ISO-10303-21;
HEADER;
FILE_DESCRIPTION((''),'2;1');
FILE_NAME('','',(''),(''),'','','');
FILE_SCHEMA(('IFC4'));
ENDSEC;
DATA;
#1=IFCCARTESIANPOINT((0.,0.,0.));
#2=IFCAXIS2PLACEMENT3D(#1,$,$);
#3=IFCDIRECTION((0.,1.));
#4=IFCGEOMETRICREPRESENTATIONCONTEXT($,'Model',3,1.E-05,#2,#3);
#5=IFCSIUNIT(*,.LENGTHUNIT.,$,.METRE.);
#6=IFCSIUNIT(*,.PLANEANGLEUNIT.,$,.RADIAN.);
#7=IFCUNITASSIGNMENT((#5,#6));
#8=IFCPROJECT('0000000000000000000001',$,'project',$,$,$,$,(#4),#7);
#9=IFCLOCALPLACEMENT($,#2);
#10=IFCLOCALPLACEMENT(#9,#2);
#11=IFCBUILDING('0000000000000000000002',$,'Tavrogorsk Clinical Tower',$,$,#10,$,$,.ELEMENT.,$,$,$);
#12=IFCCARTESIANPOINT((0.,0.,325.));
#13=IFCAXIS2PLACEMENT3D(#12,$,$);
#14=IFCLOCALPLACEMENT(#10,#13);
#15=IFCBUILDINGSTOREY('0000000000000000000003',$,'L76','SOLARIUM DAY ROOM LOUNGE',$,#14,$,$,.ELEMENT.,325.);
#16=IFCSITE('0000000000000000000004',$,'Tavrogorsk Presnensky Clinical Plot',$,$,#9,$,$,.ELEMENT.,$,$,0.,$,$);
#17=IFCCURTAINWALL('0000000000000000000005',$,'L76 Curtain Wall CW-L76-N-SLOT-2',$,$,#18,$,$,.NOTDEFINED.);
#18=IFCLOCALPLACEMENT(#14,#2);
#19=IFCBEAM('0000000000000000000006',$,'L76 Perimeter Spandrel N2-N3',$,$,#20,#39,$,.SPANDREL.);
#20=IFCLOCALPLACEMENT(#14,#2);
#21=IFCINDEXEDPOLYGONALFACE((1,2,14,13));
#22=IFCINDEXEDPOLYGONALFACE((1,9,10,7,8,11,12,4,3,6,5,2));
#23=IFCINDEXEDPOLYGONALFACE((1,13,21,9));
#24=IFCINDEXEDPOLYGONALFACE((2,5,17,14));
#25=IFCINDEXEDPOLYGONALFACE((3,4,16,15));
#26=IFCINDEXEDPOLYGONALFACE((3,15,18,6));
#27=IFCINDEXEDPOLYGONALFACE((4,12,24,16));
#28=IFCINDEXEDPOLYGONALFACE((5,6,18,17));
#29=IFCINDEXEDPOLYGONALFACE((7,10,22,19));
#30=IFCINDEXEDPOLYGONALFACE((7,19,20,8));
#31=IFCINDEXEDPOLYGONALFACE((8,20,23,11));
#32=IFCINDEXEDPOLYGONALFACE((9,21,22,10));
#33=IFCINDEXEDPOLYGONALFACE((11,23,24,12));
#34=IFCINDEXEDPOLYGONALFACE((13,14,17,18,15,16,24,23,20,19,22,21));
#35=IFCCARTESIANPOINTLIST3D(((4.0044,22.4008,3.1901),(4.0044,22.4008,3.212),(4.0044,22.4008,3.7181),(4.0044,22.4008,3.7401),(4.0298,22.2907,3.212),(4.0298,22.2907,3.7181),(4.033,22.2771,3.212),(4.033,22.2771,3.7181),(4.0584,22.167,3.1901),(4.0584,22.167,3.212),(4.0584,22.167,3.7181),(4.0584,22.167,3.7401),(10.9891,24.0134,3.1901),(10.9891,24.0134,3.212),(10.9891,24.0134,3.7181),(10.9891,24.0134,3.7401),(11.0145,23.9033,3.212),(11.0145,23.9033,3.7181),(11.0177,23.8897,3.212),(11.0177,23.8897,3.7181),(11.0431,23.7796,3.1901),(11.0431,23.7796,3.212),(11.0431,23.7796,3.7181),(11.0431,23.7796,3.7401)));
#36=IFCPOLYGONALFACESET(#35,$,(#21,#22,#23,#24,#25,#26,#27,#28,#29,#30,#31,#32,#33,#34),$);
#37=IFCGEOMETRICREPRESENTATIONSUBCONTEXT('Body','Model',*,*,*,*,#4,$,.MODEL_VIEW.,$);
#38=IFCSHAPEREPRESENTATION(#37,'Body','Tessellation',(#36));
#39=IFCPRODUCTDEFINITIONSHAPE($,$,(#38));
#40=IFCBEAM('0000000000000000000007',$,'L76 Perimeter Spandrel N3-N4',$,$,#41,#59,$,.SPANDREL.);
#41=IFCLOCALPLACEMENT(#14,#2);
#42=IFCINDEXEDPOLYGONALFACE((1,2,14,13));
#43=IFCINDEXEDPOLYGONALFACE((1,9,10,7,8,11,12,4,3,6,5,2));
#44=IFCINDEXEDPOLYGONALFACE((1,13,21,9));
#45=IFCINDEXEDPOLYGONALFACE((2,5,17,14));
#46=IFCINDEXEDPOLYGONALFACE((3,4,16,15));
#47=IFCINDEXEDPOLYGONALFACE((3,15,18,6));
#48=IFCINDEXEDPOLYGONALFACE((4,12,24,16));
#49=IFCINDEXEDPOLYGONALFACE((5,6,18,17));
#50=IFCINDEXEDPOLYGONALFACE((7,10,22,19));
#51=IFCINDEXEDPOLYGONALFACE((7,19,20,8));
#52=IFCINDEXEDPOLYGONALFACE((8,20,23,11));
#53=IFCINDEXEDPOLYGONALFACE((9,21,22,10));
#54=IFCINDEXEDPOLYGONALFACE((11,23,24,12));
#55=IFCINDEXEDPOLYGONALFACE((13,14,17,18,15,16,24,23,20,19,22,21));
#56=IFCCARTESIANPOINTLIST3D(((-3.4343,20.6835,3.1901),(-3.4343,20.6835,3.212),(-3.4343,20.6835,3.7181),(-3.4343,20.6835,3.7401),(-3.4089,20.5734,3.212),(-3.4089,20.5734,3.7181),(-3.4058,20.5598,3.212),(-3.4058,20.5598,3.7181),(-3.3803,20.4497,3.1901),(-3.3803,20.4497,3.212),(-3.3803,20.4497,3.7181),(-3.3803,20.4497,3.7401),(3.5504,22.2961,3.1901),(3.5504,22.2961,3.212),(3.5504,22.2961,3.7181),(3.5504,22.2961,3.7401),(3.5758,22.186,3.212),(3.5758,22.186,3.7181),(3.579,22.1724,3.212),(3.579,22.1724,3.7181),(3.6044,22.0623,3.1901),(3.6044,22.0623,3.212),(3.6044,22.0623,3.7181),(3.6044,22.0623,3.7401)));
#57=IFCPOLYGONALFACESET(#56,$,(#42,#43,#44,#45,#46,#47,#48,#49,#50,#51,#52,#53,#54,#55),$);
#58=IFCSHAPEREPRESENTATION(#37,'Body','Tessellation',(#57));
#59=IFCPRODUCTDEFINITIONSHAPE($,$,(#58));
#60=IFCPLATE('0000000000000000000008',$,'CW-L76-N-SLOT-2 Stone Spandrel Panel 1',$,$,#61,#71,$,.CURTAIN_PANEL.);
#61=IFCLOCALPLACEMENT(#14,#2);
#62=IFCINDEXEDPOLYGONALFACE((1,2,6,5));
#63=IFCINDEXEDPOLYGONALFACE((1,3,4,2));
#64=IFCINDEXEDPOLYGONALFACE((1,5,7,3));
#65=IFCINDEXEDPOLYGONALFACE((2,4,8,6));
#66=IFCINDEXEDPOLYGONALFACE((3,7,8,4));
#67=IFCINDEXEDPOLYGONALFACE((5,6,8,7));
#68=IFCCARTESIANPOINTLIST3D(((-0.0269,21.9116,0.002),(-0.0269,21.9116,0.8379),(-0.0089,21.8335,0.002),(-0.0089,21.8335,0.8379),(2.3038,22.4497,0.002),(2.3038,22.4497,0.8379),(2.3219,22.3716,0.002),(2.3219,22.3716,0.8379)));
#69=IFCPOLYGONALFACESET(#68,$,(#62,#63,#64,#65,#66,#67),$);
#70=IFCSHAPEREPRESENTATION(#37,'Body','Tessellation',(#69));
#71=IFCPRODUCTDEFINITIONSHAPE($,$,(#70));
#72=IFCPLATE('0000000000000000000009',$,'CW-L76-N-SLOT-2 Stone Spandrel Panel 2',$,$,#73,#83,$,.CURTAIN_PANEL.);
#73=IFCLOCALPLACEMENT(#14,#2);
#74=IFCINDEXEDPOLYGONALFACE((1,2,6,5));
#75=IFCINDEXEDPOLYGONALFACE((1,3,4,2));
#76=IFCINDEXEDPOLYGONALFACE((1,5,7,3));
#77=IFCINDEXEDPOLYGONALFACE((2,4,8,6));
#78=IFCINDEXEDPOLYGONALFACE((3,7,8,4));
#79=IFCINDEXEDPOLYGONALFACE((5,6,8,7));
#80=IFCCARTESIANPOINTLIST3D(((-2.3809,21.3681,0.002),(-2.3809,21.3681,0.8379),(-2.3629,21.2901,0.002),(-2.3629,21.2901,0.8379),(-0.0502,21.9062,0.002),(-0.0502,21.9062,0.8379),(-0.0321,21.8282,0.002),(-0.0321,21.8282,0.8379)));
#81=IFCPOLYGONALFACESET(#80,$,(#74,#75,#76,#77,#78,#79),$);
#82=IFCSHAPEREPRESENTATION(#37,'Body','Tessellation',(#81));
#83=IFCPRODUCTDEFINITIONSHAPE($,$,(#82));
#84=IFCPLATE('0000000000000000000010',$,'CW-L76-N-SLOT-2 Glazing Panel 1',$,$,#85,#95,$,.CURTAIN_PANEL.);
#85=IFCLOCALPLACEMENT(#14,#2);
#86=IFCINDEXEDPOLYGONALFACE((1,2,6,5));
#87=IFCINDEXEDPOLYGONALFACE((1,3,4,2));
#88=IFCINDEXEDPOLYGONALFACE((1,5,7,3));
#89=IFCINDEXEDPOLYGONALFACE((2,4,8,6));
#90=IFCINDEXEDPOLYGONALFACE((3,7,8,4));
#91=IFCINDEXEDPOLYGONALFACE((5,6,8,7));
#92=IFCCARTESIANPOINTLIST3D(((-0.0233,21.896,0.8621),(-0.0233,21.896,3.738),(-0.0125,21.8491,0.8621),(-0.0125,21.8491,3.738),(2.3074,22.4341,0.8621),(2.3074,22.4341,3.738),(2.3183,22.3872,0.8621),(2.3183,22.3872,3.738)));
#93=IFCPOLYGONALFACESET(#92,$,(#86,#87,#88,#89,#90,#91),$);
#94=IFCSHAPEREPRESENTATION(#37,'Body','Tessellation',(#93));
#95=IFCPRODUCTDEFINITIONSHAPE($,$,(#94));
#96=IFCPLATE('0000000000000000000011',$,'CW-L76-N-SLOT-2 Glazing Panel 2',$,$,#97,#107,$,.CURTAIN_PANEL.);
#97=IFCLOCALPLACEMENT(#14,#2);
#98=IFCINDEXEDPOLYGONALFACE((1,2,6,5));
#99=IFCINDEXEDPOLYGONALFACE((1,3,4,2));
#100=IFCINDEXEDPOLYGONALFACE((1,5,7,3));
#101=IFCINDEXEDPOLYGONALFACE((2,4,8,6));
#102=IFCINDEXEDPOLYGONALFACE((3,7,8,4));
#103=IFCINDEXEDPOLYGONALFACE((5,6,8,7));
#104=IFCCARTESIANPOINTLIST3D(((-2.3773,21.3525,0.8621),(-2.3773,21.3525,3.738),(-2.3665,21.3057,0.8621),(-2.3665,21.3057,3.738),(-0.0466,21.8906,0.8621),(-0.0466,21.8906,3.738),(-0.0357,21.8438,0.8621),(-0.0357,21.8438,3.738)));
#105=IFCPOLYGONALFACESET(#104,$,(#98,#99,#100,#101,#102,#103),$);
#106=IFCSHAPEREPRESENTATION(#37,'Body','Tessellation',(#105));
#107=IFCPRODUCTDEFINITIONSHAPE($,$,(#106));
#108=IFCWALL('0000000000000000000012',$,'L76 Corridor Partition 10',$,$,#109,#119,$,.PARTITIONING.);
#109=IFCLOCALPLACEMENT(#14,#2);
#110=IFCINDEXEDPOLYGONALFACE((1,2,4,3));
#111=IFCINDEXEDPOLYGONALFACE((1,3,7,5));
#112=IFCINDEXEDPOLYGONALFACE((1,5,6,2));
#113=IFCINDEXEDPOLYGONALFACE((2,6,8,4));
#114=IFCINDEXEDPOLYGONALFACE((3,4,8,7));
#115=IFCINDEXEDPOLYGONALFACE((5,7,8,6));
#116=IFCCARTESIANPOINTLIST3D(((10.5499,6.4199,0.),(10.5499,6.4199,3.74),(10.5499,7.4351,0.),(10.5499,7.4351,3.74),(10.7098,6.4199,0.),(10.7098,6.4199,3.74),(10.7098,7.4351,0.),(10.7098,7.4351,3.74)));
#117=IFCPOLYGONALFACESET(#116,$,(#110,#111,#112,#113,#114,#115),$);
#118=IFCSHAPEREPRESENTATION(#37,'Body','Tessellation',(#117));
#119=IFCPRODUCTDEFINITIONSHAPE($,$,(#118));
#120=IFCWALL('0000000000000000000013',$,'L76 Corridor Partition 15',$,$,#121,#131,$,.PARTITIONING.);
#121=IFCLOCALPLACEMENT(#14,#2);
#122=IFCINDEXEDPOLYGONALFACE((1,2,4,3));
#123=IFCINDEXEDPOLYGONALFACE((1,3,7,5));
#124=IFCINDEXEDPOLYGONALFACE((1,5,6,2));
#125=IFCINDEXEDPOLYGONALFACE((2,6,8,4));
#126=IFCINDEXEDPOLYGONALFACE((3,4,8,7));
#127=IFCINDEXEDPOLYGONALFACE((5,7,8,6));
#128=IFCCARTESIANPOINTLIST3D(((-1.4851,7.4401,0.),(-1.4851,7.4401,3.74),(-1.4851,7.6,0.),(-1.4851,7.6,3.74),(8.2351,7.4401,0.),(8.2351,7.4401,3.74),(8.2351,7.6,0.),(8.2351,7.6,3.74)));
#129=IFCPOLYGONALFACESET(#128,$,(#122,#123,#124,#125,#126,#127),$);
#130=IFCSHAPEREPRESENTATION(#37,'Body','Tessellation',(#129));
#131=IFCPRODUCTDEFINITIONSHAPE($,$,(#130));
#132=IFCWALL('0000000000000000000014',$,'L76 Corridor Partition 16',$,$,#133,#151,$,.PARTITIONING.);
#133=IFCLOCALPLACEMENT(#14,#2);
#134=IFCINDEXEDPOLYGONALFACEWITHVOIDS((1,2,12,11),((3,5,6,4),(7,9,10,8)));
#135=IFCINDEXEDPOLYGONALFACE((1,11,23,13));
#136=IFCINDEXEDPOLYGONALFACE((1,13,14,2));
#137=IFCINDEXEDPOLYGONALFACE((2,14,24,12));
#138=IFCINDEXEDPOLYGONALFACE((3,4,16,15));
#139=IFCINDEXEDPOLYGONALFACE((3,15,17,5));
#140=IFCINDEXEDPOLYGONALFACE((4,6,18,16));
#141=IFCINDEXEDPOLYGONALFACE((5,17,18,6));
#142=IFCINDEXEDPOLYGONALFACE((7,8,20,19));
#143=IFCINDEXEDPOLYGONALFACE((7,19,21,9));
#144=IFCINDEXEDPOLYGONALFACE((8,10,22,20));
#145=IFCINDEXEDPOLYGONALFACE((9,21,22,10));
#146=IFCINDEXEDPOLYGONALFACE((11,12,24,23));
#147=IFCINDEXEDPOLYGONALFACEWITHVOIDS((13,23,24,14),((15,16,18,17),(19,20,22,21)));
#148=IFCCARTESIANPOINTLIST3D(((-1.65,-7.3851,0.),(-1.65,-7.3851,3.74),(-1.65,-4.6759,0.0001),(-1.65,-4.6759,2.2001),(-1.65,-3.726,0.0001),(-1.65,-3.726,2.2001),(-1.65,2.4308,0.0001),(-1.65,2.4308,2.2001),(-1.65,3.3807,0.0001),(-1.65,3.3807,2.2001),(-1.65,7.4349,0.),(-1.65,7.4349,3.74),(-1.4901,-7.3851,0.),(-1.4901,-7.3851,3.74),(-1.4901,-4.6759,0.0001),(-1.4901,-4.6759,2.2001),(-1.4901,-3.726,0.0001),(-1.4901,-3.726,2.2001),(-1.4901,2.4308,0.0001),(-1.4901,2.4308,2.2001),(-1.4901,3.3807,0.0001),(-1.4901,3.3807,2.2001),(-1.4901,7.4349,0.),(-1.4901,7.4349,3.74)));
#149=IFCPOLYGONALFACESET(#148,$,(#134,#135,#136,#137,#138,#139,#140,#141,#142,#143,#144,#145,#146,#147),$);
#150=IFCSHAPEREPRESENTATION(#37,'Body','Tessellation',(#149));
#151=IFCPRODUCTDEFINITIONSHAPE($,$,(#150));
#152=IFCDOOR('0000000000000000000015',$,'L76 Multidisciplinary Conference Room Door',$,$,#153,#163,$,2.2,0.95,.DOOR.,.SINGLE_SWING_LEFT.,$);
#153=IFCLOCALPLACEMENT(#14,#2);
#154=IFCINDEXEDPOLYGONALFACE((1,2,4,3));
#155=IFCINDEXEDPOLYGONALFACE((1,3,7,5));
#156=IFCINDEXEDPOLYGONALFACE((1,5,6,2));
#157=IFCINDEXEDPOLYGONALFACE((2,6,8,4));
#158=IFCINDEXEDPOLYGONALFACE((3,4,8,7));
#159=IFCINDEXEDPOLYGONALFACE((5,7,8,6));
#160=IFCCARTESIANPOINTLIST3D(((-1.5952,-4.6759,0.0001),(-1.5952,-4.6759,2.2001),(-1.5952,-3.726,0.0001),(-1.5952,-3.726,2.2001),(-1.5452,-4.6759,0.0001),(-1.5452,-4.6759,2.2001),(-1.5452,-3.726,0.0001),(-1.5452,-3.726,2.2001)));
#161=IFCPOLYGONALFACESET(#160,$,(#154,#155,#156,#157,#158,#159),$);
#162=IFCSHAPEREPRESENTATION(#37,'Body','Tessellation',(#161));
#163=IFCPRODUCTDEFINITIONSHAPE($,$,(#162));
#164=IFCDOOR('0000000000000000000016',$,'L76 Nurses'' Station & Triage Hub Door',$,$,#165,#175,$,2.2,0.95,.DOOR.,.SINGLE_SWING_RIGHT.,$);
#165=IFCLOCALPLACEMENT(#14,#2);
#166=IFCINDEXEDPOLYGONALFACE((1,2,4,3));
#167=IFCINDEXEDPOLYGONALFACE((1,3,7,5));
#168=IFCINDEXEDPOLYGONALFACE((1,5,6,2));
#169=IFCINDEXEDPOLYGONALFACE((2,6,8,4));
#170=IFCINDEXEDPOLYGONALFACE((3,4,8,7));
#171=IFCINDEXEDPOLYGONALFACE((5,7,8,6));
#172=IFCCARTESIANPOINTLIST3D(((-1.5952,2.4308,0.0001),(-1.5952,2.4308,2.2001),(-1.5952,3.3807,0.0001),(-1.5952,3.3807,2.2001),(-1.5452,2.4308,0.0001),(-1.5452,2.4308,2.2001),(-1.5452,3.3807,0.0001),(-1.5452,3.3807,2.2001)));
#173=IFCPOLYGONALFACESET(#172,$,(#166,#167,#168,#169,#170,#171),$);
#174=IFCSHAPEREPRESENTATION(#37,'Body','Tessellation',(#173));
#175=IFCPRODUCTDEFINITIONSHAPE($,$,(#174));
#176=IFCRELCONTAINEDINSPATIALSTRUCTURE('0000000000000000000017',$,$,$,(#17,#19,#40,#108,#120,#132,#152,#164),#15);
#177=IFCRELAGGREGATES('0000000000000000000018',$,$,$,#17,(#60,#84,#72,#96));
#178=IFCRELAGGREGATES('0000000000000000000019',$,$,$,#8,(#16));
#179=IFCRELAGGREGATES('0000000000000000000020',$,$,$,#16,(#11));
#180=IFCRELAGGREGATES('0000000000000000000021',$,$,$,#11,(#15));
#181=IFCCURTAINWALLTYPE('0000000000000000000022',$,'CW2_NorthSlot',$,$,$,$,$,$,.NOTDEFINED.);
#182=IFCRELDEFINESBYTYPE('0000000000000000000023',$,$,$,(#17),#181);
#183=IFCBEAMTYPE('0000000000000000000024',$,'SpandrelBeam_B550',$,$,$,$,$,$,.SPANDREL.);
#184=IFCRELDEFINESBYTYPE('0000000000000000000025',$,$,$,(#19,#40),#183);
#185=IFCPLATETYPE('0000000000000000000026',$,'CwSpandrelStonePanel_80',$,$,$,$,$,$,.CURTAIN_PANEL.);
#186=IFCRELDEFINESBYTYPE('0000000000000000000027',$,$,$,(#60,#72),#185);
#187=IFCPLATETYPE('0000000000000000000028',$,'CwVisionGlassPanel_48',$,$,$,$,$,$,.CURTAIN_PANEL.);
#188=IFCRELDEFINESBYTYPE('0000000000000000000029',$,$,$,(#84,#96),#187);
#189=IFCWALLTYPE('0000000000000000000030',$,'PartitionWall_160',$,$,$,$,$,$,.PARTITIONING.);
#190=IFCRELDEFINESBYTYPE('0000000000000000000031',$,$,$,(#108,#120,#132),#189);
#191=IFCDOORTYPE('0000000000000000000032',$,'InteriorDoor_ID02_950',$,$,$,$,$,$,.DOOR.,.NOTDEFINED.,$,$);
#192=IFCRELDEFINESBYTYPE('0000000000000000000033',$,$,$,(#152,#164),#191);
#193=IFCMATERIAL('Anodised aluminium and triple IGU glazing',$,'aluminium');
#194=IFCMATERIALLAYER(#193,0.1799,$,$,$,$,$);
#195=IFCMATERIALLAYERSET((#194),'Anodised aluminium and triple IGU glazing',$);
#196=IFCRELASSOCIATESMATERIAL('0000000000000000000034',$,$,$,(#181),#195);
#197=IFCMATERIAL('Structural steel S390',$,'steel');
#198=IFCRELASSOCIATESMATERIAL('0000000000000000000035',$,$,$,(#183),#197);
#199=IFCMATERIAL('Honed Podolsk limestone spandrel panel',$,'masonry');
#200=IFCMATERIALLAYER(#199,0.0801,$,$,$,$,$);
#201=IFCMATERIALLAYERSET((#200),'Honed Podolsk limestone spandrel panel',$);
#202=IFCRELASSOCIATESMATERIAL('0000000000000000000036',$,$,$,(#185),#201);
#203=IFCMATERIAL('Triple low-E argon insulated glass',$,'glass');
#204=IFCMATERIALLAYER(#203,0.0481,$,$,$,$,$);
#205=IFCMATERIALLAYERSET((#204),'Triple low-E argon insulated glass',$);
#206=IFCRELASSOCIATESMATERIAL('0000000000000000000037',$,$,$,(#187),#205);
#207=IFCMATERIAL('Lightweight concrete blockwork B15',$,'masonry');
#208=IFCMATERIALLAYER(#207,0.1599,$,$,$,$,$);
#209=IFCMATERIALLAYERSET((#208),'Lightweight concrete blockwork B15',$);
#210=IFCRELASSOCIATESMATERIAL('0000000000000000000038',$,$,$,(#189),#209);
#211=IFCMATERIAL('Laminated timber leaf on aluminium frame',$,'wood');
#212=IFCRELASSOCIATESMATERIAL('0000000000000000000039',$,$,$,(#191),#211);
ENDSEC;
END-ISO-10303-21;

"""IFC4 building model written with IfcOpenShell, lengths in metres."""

from ifc_helpers import new_model, si_unit, direction, frame, frame_2d, origin, origin_2d, place, context, subcontext, project, spatial, rectangle, i_section, extrude, material, layer, layer_set, material_profile, profile_set, type_object, element, fill, aggregate, save


model = new_model("IFC4")

# Units and contexts
model_context = context("Model", 3, precision=1e-05, world=origin(), true_north=direction((0.0, 1.0)))
body_context = subcontext(model_context, "Body", "Model", "MODEL_VIEW")
ifc_project = project(units=[si_unit("LENGTHUNIT", "METRE"), si_unit("PLANEANGLEUNIT", "RADIAN")], contexts=[model_context])

# Site, building, storey
site_placement = place(None, origin())
site = spatial("IfcSite", under=ifc_project, at=site_placement, Name="Tavrogorsk Presnensky Clinical Plot", CompositionType="ELEMENT", RefElevation=0.0)
building_placement = place(site_placement, origin())
building = spatial("IfcBuilding", under=site, at=building_placement, Name="Tavrogorsk Clinical Tower", CompositionType="ELEMENT")
storey_placement = place(building_placement, frame((0.0, 0.0, 325.0)))
storey = spatial("IfcBuildingStorey", under=building, at=storey_placement, Name="L76", Description="SOLARIUM DAY ROOM LOUNGE", CompositionType="ELEMENT", Elevation=325.0)

# Curtain wall
ifc_material_1 = material(Name="Anodised aluminium and triple IGU glazing", Category="aluminium")
ifc_layer_1 = layer(ifc_material_1, 0.1799)
ifc_layer_set_1 = layer_set([ifc_layer_1], Name="Anodised aluminium and triple IGU glazing")
curtain_wall_type = type_object("IfcCurtainWallType", Name="CW2_NorthSlot", PredefinedType="NOTDEFINED", material=ifc_layer_set_1)
curtain_wall_placement = place(storey_placement, origin())
curtain_wall = element("IfcCurtainWall", 1, at=curtain_wall_placement, inside=storey, type_object=curtain_wall_type, Name="L76 Curtain Wall CW-L76-N-SLOT-2", PredefinedType="NOTDEFINED")

# Beams
ifc_material_2 = material(Name="Structural steel S390", Category="steel")
ifc_material_profile_1 = material_profile(ifc_material_2, i_section(OverallWidth=0.24, OverallDepth=0.55, WebThickness=0.0139, FlangeThickness=0.022, at=origin_2d()), Name="B-550x240x14x22")
ifc_profile_set_1 = profile_set([ifc_material_profile_1], Name="Structural steel S390")
beam_type_1 = type_object("IfcBeamType", Name="SpandrelBeam_B550", PredefinedType="SPANDREL", material=ifc_profile_set_1)
for number, where, z_axis, x_axis, name in (
    (2, (11.0161, 23.8965, 3.4651), (-0.974369, -0.224954, 0.0), (0.224954, -0.974369, 0.0), "L76 Perimeter Spandrel N2-N3"),
    (3, (3.5774, 22.1792, 3.4651), (-0.974369, -0.224954, 0.0), (0.224954, -0.974369, 0.0), "L76 Perimeter Spandrel N3-N4"),
):
    element("IfcBeam", number, at=place(storey_placement, frame(where, z_axis=z_axis, x_axis=x_axis)), inside=storey, type_object=beam_type_1, Name=name, PredefinedType="SPANDREL", context=body_context, shape_type="SweptSolid", body=[
        extrude(i_section(OverallWidth=0.24, OverallDepth=0.55, WebThickness=0.0139, FlangeThickness=0.022, at=origin_2d()), origin(), (0.0, 0.0, 1.0), 7.1685),
    ])

# Plates
ifc_material_3 = material(Name="Honed Podolsk limestone spandrel panel", Category="masonry")
ifc_layer_2 = layer(ifc_material_3, 0.0801)
ifc_layer_set_2 = layer_set([ifc_layer_2], Name="Honed Podolsk limestone spandrel panel")
plate_type_1 = type_object("IfcPlateType", Name="CwSpandrelStonePanel_80", PredefinedType="CURTAIN_PANEL", material=ifc_layer_set_2)
plate_1_placement = place(storey_placement, frame((1.1475, 22.1416, 0.002), z_axis=(0.0, 0.0, 1.0), x_axis=(-0.97437, -0.224951, 0.0)))
plate_1 = element("IfcPlate", 4, at=plate_1_placement, type_object=plate_type_1, Name="CW-L76-N-SLOT-2 Stone Spandrel Panel 1", PredefinedType="CURTAIN_PANEL", context=body_context, shape_type="SweptSolid", body=[
    extrude(rectangle(XDim=2.3921, YDim=0.0801, at=origin_2d()), origin(), (0.0, 0.0, 1.0), 0.8359),
])
plate_2_placement = place(storey_placement, frame((-1.2065, 21.5981, 0.002), z_axis=(0.0, 0.0, 1.0), x_axis=(-0.97437, -0.224951, 0.0)))
plate_2 = element("IfcPlate", 5, at=plate_2_placement, type_object=plate_type_1, Name="CW-L76-N-SLOT-2 Stone Spandrel Panel 2", PredefinedType="CURTAIN_PANEL", context=body_context, shape_type="SweptSolid", body=[
    extrude(rectangle(XDim=2.3921, YDim=0.0801, at=origin_2d()), origin(), (0.0, 0.0, 1.0), 0.8359),
])
ifc_material_4 = material(Name="Triple low-E argon insulated glass", Category="glass")
ifc_layer_3 = layer(ifc_material_4, 0.0481)
ifc_layer_set_3 = layer_set([ifc_layer_3], Name="Triple low-E argon insulated glass")
plate_type_2 = type_object("IfcPlateType", Name="CwVisionGlassPanel_48", PredefinedType="CURTAIN_PANEL", material=ifc_layer_set_3)
plate_3_placement = place(storey_placement, frame((1.1475, 22.1416, 0.8621), z_axis=(0.0, 0.0, 1.0), x_axis=(-0.97437, -0.224951, 0.0)))
plate_3 = element("IfcPlate", 6, at=plate_3_placement, type_object=plate_type_2, Name="CW-L76-N-SLOT-2 Glazing Panel 1", PredefinedType="CURTAIN_PANEL", context=body_context, shape_type="SweptSolid", body=[
    extrude(rectangle(XDim=2.3921, YDim=0.0481, at=origin_2d()), origin(), (0.0, 0.0, 1.0), 2.876),
])
plate_4_placement = place(storey_placement, frame((-1.2065, 21.5981, 0.8621), z_axis=(0.0, 0.0, 1.0), x_axis=(-0.97437, -0.224951, 0.0)))
plate_4 = element("IfcPlate", 7, at=plate_4_placement, type_object=plate_type_2, Name="CW-L76-N-SLOT-2 Glazing Panel 2", PredefinedType="CURTAIN_PANEL", context=body_context, shape_type="SweptSolid", body=[
    extrude(rectangle(XDim=2.3921, YDim=0.0481, at=origin_2d()), origin(), (0.0, 0.0, 1.0), 2.876),
])
aggregate(curtain_wall, [plate_1, plate_3, plate_2, plate_4])

# Walls
ifc_material_5 = material(Name="Lightweight concrete blockwork B15", Category="masonry")
ifc_layer_4 = layer(ifc_material_5, 0.1599)
ifc_layer_set_4 = layer_set([ifc_layer_4], Name="Lightweight concrete blockwork B15")
wall_type = type_object("IfcWallType", Name="PartitionWall_160", PredefinedType="PARTITIONING", material=ifc_layer_set_4)
wall_1_placement = place(storey_placement, frame((10.6299, 7.4351, 0.0), z_axis=(0.0, 0.0, 1.0), x_axis=(0.0, -1.0, 0.0)))
element("IfcWall", 8, at=wall_1_placement, inside=storey, type_object=wall_type, Name="L76 Corridor Partition 10", PredefinedType="PARTITIONING", context=body_context, shape_type="SweptSolid", body=[
    extrude(rectangle(XDim=1.0151, YDim=0.1599, at=frame_2d((0.5076, 0.0))), origin(), (0.0, 0.0, 1.0), 3.74),
])
wall_2_placement = place(storey_placement, frame((8.2351, 7.52, 0.0), z_axis=(0.0, 0.0, 1.0), x_axis=(-1.0, 0.0, 0.0)))
element("IfcWall", 9, at=wall_2_placement, inside=storey, type_object=wall_type, Name="L76 Corridor Partition 15", PredefinedType="PARTITIONING", context=body_context, shape_type="SweptSolid", body=[
    extrude(rectangle(XDim=9.7202, YDim=0.1599, at=frame_2d((4.8601, 0.0))), origin(), (0.0, 0.0, 1.0), 3.74),
])

# Wall, openings, doors
wall_3_placement = place(storey_placement, frame((-1.5701, 7.4351, 0.0), z_axis=(0.0, 0.0, 1.0), x_axis=(0.0, -1.0, 0.0)))
wall_3 = element("IfcWall", 10, at=wall_3_placement, inside=storey, type_object=wall_type, Name="L76 Corridor Partition 16", PredefinedType="PARTITIONING", context=body_context, shape_type="SweptSolid", body=[
    extrude(rectangle(XDim=14.8201, YDim=0.1599, at=frame_2d((7.4102, 0.0))), origin(), (0.0, 0.0, 1.0), 3.74),
])
opening_1_placement = place(wall_3_placement, frame((11.1609, 0.0, 0.0)))
opening_1 = element("IfcOpeningElement", 11, at=opening_1_placement, cuts=wall_3, PredefinedType="OPENING", context=body_context, shape_type="SweptSolid", body=[
    extrude(rectangle(XDim=0.95, YDim=2.2, at=frame_2d((0.4751, 1.1001))), frame((0.0, 0.0898, 0.0), z_axis=(0.0, -1.0, 0.0), x_axis=(1.0, 0.0, 0.0)), (0.0, 0.0, 1.0), 0.1799),
])
opening_2_placement = place(wall_3_placement, frame((4.0542, 0.0, 0.0)))
opening_2 = element("IfcOpeningElement", 12, at=opening_2_placement, cuts=wall_3, PredefinedType="OPENING", context=body_context, shape_type="SweptSolid", body=[
    extrude(rectangle(XDim=0.95, YDim=2.2, at=frame_2d((0.4751, 1.1001))), frame((0.0, 0.0898, 0.0), z_axis=(0.0, -1.0, 0.0), x_axis=(1.0, 0.0, 0.0)), (0.0, 0.0, 1.0), 0.1799),
])
ifc_material_6 = material(Name="Laminated timber leaf on aluminium frame", Category="wood")
door_type = type_object("IfcDoorType", Name="InteriorDoor_ID02_950", OperationType="NOTDEFINED", PredefinedType="DOOR", material=ifc_material_6)
door_1_placement = place(opening_1_placement, origin())
door_1 = element("IfcDoor", 13, at=door_1_placement, inside=storey, type_object=door_type, Name="L76 Multidisciplinary Conference Room Door", OperationType="SINGLE_SWING_LEFT", OverallHeight=2.2, OverallWidth=0.95, PredefinedType="DOOR", context=body_context, shape_type="SweptSolid", body=[
    extrude(rectangle(XDim=0.95, YDim=2.2, at=frame_2d((0.4751, 1.1001))), frame((0.0, 0.0249, 0.0), z_axis=(0.0, -1.0, 0.0), x_axis=(1.0, 0.0, 0.0)), (0.0, 0.0, 1.0), 0.05),
])
fill(opening_1, door_1)
door_2_placement = place(opening_2_placement, origin())
door_2 = element("IfcDoor", 14, at=door_2_placement, inside=storey, type_object=door_type, Name="L76 Nurses' Station & Triage Hub Door", OperationType="SINGLE_SWING_RIGHT", OverallHeight=2.2, OverallWidth=0.95, PredefinedType="DOOR", context=body_context, shape_type="SweptSolid", body=[
    extrude(rectangle(XDim=0.95, YDim=2.2, at=frame_2d((0.4751, 1.1001))), frame((0.0, 0.0249, 0.0), z_axis=(0.0, -1.0, 0.0), x_axis=(1.0, 0.0, 0.0)), (0.0, 0.0, 1.0), 0.05),
])
fill(opening_2, door_2)

save(model, "model.ifc")
